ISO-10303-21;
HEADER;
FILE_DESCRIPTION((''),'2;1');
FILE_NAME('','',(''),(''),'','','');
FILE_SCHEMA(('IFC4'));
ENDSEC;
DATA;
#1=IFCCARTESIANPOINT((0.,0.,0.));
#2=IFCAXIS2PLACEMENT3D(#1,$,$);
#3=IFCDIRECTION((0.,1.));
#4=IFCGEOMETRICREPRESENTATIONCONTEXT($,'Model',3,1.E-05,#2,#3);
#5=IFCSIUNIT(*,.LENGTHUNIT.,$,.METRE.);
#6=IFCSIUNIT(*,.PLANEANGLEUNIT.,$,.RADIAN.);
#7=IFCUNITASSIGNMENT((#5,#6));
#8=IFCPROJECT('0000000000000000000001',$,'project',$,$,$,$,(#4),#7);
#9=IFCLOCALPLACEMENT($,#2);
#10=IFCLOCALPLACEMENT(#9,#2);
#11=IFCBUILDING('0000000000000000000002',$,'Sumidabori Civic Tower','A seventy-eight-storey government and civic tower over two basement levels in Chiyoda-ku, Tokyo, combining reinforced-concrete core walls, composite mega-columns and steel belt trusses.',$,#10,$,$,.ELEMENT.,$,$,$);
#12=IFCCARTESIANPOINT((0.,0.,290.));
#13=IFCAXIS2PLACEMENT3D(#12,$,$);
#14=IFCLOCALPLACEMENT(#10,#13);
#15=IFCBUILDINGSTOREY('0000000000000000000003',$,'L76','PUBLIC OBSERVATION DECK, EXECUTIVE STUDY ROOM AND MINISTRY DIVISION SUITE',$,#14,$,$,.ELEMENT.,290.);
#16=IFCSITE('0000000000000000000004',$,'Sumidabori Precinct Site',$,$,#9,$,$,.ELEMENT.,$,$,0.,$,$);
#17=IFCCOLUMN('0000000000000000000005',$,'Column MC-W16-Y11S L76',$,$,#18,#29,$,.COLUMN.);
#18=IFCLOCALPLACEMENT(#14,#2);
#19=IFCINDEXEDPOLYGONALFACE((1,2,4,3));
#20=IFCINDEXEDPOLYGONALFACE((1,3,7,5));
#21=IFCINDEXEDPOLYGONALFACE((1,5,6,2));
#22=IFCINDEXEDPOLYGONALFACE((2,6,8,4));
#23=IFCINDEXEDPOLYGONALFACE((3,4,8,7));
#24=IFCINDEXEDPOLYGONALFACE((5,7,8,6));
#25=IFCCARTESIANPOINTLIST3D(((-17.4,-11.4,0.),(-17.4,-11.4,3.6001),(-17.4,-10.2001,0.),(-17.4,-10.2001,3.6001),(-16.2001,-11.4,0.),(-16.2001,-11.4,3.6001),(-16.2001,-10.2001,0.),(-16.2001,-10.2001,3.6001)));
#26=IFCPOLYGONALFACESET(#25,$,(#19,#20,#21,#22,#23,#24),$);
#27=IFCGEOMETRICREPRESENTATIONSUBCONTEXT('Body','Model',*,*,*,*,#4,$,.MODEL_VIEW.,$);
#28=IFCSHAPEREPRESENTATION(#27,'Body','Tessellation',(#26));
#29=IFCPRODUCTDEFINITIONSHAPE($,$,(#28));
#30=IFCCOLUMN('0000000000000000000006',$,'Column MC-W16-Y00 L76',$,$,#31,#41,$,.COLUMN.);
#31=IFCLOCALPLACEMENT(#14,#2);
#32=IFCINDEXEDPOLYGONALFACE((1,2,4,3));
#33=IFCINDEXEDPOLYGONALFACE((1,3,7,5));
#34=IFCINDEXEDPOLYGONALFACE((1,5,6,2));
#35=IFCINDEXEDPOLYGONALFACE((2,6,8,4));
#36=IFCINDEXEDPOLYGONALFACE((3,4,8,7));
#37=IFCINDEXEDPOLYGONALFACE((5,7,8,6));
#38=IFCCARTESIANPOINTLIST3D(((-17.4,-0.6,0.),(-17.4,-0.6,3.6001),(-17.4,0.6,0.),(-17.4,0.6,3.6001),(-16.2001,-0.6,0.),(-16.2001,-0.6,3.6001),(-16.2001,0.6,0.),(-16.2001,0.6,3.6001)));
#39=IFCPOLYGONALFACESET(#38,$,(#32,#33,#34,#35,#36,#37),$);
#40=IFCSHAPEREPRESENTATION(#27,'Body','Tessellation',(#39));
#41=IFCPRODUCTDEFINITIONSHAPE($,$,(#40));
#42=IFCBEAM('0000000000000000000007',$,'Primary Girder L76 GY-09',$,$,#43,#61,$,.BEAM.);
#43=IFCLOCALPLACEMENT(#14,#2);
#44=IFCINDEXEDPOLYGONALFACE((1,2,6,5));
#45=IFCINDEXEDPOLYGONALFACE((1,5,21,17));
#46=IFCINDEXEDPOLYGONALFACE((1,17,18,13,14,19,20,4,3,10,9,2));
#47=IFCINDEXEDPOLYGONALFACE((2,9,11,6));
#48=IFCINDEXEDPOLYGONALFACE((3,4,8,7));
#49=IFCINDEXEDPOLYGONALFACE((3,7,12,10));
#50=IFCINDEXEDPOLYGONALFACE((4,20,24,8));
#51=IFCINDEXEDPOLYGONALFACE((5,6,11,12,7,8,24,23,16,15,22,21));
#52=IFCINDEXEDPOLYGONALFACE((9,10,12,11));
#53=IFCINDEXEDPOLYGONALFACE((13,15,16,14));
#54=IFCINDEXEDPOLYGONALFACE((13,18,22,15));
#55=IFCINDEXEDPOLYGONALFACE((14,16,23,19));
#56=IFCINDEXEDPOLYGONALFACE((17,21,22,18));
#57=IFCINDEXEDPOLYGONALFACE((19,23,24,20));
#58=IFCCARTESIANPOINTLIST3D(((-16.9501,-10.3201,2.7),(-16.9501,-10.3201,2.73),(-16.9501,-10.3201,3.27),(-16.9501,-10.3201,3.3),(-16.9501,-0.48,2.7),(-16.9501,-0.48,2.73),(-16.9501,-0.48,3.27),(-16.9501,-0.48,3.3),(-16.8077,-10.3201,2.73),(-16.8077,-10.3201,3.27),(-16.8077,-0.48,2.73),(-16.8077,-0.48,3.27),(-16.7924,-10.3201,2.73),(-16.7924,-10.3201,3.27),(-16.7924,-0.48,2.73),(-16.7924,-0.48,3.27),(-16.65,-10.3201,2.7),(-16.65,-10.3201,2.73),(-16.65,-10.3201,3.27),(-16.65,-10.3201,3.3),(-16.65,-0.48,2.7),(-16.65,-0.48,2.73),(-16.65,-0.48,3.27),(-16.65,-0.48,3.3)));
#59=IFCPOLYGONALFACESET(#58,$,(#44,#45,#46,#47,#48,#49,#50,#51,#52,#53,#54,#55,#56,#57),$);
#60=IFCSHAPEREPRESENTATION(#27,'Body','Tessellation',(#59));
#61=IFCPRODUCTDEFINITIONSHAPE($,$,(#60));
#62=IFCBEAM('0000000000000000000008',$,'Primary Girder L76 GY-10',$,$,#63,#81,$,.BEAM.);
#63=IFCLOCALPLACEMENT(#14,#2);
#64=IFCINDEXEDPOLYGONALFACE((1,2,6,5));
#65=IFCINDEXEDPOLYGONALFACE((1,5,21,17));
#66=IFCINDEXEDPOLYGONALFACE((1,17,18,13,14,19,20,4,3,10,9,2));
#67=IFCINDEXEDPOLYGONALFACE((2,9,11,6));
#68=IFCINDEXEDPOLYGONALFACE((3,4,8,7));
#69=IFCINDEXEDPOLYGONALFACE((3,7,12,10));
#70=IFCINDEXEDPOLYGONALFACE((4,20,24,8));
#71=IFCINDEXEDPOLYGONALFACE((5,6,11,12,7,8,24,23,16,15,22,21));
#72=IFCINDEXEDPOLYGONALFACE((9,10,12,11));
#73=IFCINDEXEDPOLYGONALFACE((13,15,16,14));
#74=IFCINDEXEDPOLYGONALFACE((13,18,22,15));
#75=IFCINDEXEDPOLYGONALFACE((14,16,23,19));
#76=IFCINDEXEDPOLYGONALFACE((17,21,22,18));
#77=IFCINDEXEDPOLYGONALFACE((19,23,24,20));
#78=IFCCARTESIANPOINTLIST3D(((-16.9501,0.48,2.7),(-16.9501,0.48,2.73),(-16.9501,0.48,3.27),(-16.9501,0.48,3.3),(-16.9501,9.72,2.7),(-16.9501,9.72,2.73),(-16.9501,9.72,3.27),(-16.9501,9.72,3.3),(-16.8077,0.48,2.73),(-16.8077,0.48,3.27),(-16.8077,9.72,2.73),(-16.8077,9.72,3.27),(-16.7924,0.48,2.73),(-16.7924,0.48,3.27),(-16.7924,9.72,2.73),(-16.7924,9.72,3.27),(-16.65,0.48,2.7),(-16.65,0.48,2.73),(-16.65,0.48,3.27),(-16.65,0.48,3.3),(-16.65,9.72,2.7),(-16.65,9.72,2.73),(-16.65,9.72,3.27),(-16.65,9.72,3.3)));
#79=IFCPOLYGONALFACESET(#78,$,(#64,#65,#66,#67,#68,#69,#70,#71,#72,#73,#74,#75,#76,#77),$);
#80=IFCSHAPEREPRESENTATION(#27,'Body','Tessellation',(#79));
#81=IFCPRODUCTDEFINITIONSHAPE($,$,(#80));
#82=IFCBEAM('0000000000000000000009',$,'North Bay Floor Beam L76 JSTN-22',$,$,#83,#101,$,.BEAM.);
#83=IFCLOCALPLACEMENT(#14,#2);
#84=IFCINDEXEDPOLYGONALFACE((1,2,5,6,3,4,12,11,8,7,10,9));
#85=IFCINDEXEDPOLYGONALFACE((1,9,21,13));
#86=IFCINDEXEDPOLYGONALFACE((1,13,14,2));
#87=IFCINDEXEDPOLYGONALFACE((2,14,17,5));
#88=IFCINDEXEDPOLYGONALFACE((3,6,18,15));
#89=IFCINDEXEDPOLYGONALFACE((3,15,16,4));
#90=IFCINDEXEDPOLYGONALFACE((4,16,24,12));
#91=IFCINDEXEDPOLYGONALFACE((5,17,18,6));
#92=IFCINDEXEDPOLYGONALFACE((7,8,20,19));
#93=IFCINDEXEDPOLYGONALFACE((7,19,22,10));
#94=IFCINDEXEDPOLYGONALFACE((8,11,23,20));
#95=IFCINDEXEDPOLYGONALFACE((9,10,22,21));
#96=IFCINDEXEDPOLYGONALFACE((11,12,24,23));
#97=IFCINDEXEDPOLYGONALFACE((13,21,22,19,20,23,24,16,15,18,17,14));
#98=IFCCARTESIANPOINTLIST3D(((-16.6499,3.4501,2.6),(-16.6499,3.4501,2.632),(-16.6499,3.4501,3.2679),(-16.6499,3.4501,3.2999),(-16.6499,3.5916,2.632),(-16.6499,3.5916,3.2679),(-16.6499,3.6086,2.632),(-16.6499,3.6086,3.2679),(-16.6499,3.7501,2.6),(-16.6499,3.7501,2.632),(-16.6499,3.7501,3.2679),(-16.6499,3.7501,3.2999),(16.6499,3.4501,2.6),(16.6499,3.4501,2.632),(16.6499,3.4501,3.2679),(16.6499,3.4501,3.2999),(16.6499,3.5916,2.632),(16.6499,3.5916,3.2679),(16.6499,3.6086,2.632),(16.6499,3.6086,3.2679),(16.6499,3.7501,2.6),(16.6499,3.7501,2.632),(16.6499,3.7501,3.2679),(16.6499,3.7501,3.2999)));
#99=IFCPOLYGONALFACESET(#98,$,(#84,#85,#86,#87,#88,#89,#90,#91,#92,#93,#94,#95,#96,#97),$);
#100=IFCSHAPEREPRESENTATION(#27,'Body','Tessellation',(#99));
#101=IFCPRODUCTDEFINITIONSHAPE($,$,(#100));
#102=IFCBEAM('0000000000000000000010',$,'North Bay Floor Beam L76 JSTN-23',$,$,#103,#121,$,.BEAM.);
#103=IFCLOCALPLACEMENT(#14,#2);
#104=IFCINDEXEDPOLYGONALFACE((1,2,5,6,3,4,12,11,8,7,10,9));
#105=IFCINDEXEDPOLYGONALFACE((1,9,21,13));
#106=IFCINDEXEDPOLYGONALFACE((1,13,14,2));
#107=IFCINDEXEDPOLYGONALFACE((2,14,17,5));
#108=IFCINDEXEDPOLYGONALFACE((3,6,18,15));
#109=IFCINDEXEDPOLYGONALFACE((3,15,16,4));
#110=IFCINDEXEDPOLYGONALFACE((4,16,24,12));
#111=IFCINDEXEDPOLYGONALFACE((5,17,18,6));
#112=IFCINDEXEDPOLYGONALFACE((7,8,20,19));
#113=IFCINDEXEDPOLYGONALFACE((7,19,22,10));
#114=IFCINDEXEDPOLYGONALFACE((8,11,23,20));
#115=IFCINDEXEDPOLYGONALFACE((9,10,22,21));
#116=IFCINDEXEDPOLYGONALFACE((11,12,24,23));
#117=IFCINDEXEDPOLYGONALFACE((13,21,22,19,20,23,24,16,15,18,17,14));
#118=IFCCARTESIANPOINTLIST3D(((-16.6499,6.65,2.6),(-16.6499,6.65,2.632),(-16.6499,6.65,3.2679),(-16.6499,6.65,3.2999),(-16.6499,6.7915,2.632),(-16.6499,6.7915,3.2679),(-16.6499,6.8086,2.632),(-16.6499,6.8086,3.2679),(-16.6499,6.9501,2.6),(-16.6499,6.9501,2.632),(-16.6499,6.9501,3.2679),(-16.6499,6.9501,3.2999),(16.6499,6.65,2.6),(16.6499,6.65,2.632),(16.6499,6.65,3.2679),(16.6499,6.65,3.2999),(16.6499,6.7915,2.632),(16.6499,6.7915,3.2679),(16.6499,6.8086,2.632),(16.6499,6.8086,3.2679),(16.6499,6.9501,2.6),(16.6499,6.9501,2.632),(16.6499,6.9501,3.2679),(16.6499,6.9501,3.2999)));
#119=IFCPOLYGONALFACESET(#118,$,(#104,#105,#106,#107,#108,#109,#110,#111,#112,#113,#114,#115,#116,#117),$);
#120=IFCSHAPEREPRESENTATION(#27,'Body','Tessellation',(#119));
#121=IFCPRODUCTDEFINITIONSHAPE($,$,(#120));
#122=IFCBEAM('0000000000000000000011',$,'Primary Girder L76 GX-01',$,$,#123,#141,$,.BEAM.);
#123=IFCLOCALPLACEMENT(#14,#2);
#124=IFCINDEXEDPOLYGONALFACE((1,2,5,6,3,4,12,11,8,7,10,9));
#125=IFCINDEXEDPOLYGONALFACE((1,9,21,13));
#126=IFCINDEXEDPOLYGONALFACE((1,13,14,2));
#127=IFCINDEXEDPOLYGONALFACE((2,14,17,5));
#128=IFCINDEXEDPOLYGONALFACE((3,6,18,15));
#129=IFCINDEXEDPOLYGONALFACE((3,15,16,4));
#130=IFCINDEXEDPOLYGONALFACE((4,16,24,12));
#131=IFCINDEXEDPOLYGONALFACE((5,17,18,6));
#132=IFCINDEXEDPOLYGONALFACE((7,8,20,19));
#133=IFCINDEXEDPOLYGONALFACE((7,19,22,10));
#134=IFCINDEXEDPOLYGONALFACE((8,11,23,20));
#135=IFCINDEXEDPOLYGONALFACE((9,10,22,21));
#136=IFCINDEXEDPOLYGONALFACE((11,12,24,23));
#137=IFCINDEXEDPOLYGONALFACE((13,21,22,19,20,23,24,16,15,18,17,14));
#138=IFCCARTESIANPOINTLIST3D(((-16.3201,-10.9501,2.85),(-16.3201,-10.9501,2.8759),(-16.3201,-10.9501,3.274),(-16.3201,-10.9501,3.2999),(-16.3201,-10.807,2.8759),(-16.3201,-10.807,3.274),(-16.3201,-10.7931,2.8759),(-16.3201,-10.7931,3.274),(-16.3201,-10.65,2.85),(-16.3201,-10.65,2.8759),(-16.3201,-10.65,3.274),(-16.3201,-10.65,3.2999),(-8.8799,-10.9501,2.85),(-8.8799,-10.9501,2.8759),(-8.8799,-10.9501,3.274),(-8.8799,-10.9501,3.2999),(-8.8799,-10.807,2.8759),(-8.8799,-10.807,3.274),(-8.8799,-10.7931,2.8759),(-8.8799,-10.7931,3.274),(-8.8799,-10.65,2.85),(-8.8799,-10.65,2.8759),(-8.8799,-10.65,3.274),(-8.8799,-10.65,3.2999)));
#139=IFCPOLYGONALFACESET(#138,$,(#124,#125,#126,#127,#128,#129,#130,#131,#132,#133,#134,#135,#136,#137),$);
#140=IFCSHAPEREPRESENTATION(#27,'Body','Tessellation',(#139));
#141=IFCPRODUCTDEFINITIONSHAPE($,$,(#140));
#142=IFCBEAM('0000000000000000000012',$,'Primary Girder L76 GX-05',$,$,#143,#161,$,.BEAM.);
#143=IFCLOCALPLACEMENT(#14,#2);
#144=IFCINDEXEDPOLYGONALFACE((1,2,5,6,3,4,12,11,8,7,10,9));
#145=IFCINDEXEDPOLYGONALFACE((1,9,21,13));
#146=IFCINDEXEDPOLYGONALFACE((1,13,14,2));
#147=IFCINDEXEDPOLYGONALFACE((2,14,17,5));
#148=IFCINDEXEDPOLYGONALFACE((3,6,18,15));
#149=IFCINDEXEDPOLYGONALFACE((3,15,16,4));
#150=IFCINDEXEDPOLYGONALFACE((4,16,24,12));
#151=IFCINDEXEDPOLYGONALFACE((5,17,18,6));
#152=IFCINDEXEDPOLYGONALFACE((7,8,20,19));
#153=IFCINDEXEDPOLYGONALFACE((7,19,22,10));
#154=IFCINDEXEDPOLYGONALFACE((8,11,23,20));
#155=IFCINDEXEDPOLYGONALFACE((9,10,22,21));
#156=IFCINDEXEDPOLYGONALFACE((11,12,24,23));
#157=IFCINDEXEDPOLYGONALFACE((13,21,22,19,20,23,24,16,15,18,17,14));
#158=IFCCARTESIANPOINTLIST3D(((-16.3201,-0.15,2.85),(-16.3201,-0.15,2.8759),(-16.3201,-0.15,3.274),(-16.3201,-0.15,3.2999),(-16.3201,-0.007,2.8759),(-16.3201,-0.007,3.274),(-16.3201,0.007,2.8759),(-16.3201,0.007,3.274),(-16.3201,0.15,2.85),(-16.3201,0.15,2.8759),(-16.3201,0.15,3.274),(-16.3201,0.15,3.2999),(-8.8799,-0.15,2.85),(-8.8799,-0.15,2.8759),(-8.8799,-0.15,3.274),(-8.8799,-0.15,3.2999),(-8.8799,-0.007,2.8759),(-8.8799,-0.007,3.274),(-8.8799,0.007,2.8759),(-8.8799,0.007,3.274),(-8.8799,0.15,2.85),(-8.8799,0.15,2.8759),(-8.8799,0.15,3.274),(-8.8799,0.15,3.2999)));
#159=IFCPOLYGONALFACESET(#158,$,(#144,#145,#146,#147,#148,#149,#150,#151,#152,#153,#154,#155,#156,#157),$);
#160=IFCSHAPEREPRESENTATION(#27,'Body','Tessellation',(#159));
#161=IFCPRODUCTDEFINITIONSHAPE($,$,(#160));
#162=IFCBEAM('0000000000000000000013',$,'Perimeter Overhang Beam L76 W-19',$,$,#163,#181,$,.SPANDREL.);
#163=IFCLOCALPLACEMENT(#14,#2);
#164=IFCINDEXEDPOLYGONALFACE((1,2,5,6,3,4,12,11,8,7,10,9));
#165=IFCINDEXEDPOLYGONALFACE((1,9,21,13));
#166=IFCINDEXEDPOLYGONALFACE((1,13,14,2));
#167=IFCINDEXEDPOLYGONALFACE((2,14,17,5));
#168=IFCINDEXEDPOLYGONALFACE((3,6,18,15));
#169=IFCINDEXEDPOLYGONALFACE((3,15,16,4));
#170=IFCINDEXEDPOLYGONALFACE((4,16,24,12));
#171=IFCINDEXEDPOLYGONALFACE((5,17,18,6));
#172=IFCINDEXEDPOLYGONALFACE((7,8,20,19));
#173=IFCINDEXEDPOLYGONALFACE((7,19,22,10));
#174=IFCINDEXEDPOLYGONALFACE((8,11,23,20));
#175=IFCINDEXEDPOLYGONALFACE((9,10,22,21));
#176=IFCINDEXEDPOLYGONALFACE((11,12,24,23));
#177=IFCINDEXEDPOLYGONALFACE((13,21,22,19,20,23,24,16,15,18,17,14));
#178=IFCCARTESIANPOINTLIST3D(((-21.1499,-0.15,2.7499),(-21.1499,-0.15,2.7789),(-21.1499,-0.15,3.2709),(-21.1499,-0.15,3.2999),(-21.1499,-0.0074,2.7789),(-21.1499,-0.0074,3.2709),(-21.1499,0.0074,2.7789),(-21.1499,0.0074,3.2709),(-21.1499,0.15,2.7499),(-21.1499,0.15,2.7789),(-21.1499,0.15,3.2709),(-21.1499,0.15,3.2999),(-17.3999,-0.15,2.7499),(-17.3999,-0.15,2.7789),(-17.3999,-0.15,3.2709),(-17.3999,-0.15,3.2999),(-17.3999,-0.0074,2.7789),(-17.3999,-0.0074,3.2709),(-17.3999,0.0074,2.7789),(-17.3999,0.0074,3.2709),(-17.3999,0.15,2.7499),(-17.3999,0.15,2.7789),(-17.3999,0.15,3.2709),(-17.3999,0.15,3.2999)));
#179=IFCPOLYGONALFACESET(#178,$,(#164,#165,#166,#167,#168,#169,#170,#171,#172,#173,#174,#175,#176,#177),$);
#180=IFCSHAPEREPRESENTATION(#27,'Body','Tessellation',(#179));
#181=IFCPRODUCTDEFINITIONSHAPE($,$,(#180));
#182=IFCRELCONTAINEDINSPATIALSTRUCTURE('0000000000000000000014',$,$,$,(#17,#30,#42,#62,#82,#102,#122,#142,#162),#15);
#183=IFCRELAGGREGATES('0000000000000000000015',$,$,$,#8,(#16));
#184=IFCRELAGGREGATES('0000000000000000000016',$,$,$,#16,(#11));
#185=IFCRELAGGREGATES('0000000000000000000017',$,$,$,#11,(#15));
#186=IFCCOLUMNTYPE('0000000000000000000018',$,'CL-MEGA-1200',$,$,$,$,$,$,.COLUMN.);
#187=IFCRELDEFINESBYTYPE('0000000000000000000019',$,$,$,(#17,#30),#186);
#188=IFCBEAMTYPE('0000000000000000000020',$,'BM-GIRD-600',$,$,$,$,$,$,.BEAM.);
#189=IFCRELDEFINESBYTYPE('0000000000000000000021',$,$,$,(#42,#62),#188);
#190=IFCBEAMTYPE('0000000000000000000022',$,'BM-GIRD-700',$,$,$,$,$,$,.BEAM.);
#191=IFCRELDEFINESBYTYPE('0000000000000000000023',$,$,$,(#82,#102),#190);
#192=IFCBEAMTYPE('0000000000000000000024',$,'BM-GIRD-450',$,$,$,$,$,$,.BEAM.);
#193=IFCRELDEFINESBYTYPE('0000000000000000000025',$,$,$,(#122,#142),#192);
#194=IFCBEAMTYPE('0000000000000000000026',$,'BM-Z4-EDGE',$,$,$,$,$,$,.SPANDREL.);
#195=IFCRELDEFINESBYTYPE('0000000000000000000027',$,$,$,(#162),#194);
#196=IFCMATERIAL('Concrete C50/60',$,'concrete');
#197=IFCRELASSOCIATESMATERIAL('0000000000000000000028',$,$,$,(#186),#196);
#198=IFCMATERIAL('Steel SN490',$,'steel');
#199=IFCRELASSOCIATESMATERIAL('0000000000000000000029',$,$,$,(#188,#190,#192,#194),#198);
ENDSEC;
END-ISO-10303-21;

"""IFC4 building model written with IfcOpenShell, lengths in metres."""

from ifc_helpers import new_model, si_unit, direction, frame, origin, origin_2d, place, context, subcontext, project, spatial, rectangle, i_section, extrude, source, transform, mapped, material, material_profile, profile_set, type_object, element, save


model = new_model("IFC4")

# Units and contexts
model_context = context("Model", 3, precision=1e-05, world=origin(), true_north=direction((0.0, 1.0)))
body_context = subcontext(model_context, "Body", "Model", "MODEL_VIEW")
ifc_project = project(units=[si_unit("LENGTHUNIT", "METRE"), si_unit("PLANEANGLEUNIT", "RADIAN")], contexts=[model_context])

# Site, building, storey
site_placement = place(None, origin())
site = spatial("IfcSite", under=ifc_project, at=site_placement, Name="Sumidabori Precinct Site", CompositionType="ELEMENT", RefElevation=0.0)
building_placement = place(site_placement, origin())
building = spatial("IfcBuilding", under=site, at=building_placement, Name="Sumidabori Civic Tower", Description="A seventy-eight-storey government and civic tower over two basement levels in Chiyoda-ku, Tokyo, combining reinforced-concrete core walls, composite mega-columns and steel belt trusses.", CompositionType="ELEMENT")
storey_placement = place(building_placement, frame((0.0, 0.0, 290.0)))
storey = spatial("IfcBuildingStorey", under=building, at=storey_placement, Name="L76", Description="PUBLIC OBSERVATION DECK, EXECUTIVE STUDY ROOM AND MINISTRY DIVISION SUITE", CompositionType="ELEMENT", Elevation=290.0)

# Columns
ifc_material_1 = material(Name="Concrete C50/60", Category="concrete")
ifc_material_profile_1 = material_profile(ifc_material_1, rectangle(XDim=1.2, YDim=1.2, at=origin_2d()), Name="RC 1200x1200")
ifc_profile_set_1 = profile_set([ifc_material_profile_1], Name="Concrete C50/60")
column_type = type_object("IfcColumnType", Name="CL-MEGA-1200", PredefinedType="COLUMN", material=ifc_profile_set_1)
shared_shape_1 = source(origin(), body_context, "Body", "SweptSolid", [
    extrude(rectangle(XDim=1.2, YDim=1.2, at=origin_2d()), origin(), (0.0, 0.0, 1.0), 3.6001),
])
for number, where, z_axis, x_axis, name in (
    (1, (-16.8, -10.8, 0.0), (0.0, 0.0, 1.0), (1.0, 0.0, 0.0), "Column MC-W16-Y11S L76"),
    (2, (-16.8, 0.0, 0.0), (0.0, 0.0, 1.0), (1.0, 0.0, 0.0), "Column MC-W16-Y00 L76"),
):
    element("IfcColumn", number, at=place(storey_placement, frame(where, z_axis=z_axis, x_axis=x_axis)), inside=storey, type_object=column_type, Name=name, PredefinedType="COLUMN", context=body_context, shape_type="MappedRepresentation", body=[
        mapped(shared_shape_1, transform((0.0, 0.0, 0.0), x_axis=(1.0, 0.0, 0.0), y_axis=(0.0, 1.0, 0.0), z_axis=(0.0, 0.0, 1.0), scale=1.0)),
    ])

# Beams
ifc_material_2 = material(Name="Steel SN490", Category="steel")
ifc_material_profile_2 = material_profile(ifc_material_2, i_section(OverallWidth=0.3, OverallDepth=0.6001, WebThickness=0.0154, FlangeThickness=0.03, at=origin_2d()), Name="HE 600 B")
ifc_profile_set_2 = profile_set([ifc_material_profile_2], Name="Steel SN490")
beam_type_1 = type_object("IfcBeamType", Name="BM-GIRD-600", PredefinedType="BEAM", material=ifc_profile_set_2)
shared_shape_2 = source(origin(), body_context, "Body", "SweptSolid", [
    extrude(i_section(OverallWidth=0.3, OverallDepth=0.6001, WebThickness=0.0154, FlangeThickness=0.03, at=origin_2d()), origin(), (0.0, 0.0, 1.0), 9.8401),
])
beam_1_placement = place(storey_placement, frame((-16.8, -10.3201, 3.0), z_axis=(0.0, 1.0, 0.0), x_axis=(-1.0, 0.0, 0.0)))
element("IfcBeam", 3, at=beam_1_placement, inside=storey, type_object=beam_type_1, Name="Primary Girder L76 GY-09", PredefinedType="BEAM", context=body_context, shape_type="MappedRepresentation", body=[
    mapped(shared_shape_2, transform((0.0, 0.0, 0.0), x_axis=(1.0, 0.0, 0.0), y_axis=(0.0, 1.0, 0.0), z_axis=(0.0, 0.0, 1.0), scale=1.0)),
])
shared_shape_3 = source(origin(), body_context, "Body", "SweptSolid", [
    extrude(i_section(OverallWidth=0.3, OverallDepth=0.6001, WebThickness=0.0154, FlangeThickness=0.03, at=origin_2d()), origin(), (0.0, 0.0, 1.0), 9.24),
])
beam_2_placement = place(storey_placement, frame((-16.8, 0.48, 3.0), z_axis=(0.0, 1.0, 0.0), x_axis=(-1.0, 0.0, 0.0)))
element("IfcBeam", 4, at=beam_2_placement, inside=storey, type_object=beam_type_1, Name="Primary Girder L76 GY-10", PredefinedType="BEAM", context=body_context, shape_type="MappedRepresentation", body=[
    mapped(shared_shape_3, transform((0.0, 0.0, 0.0), x_axis=(1.0, 0.0, 0.0), y_axis=(0.0, 1.0, 0.0), z_axis=(0.0, 0.0, 1.0), scale=1.0)),
])
ifc_material_profile_3 = material_profile(ifc_material_2, i_section(OverallWidth=0.3, OverallDepth=0.7, WebThickness=0.0171, FlangeThickness=0.032, at=origin_2d()), Name="HE 700 B")
ifc_profile_set_3 = profile_set([ifc_material_profile_3], Name="Steel SN490")
beam_type_2 = type_object("IfcBeamType", Name="BM-GIRD-700", PredefinedType="BEAM", material=ifc_profile_set_3)
shared_shape_4 = source(origin(), body_context, "Body", "SweptSolid", [
    extrude(i_section(OverallWidth=0.3, OverallDepth=0.7, WebThickness=0.0171, FlangeThickness=0.032, at=origin_2d()), origin(), (0.0, 0.0, 1.0), 33.2998),
])
for number, where, z_axis, x_axis, name in (
    (5, (-16.6499, 3.6001, 2.95), (1.0, 0.0, 0.0), (0.0, 1.0, 0.0), "North Bay Floor Beam L76 JSTN-22"),
    (6, (-16.6499, 6.8, 2.95), (1.0, 0.0, 0.0), (0.0, 1.0, 0.0), "North Bay Floor Beam L76 JSTN-23"),
):
    element("IfcBeam", number, at=place(storey_placement, frame(where, z_axis=z_axis, x_axis=x_axis)), inside=storey, type_object=beam_type_2, Name=name, PredefinedType="BEAM", context=body_context, shape_type="MappedRepresentation", body=[
        mapped(shared_shape_4, transform((0.0, 0.0, 0.0), x_axis=(1.0, 0.0, 0.0), y_axis=(0.0, 1.0, 0.0), z_axis=(0.0, 0.0, 1.0), scale=1.0)),
    ])
ifc_material_profile_4 = material_profile(ifc_material_2, i_section(OverallWidth=0.3, OverallDepth=0.45, WebThickness=0.0139, FlangeThickness=0.0259, at=origin_2d()), Name="HE 450 B")
ifc_profile_set_4 = profile_set([ifc_material_profile_4], Name="Steel SN490")
beam_type_3 = type_object("IfcBeamType", Name="BM-GIRD-450", PredefinedType="BEAM", material=ifc_profile_set_4)
shared_shape_5 = source(origin(), body_context, "Body", "SweptSolid", [
    extrude(i_section(OverallWidth=0.3, OverallDepth=0.45, WebThickness=0.0139, FlangeThickness=0.0259, at=origin_2d()), origin(), (0.0, 0.0, 1.0), 7.4402),
])
for number, where, z_axis, x_axis, name in (
    (7, (-16.3201, -10.8, 3.075), (1.0, 0.0, 0.0), (0.0, 1.0, 0.0), "Primary Girder L76 GX-01"),
    (8, (-16.3201, 0.0, 3.075), (1.0, 0.0, 0.0), (0.0, 1.0, 0.0), "Primary Girder L76 GX-05"),
):
    element("IfcBeam", number, at=place(storey_placement, frame(where, z_axis=z_axis, x_axis=x_axis)), inside=storey, type_object=beam_type_3, Name=name, PredefinedType="BEAM", context=body_context, shape_type="MappedRepresentation", body=[
        mapped(shared_shape_5, transform((0.0, 0.0, 0.0), x_axis=(1.0, 0.0, 0.0), y_axis=(0.0, 1.0, 0.0), z_axis=(0.0, 0.0, 1.0), scale=1.0)),
    ])
ifc_material_profile_5 = material_profile(ifc_material_2, i_section(OverallWidth=0.3, OverallDepth=0.55, WebThickness=0.0149, FlangeThickness=0.0291, at=origin_2d()), Name="HE 550 B")
ifc_profile_set_5 = profile_set([ifc_material_profile_5], Name="Steel SN490")
beam_type_4 = type_object("IfcBeamType", Name="BM-Z4-EDGE", PredefinedType="SPANDREL", material=ifc_profile_set_5)
shared_shape_6 = source(origin(), body_context, "Body", "SweptSolid", [
    extrude(i_section(OverallWidth=0.3, OverallDepth=0.55, WebThickness=0.0149, FlangeThickness=0.0291, at=origin_2d()), origin(), (0.0, 0.0, 1.0), 3.75),
])
beam_3_placement = place(storey_placement, frame((-21.1499, 0.0, 3.0249), z_axis=(1.0, 0.0, 0.0), x_axis=(0.0, 1.0, 0.0)))
element("IfcBeam", 9, at=beam_3_placement, inside=storey, type_object=beam_type_4, Name="Perimeter Overhang Beam L76 W-19", PredefinedType="SPANDREL", context=body_context, shape_type="MappedRepresentation", body=[
    mapped(shared_shape_6, transform((0.0, 0.0, 0.0), x_axis=(1.0, 0.0, 0.0), y_axis=(0.0, 1.0, 0.0), z_axis=(0.0, 0.0, 1.0), scale=1.0)),
])

save(model, "model.ifc")
